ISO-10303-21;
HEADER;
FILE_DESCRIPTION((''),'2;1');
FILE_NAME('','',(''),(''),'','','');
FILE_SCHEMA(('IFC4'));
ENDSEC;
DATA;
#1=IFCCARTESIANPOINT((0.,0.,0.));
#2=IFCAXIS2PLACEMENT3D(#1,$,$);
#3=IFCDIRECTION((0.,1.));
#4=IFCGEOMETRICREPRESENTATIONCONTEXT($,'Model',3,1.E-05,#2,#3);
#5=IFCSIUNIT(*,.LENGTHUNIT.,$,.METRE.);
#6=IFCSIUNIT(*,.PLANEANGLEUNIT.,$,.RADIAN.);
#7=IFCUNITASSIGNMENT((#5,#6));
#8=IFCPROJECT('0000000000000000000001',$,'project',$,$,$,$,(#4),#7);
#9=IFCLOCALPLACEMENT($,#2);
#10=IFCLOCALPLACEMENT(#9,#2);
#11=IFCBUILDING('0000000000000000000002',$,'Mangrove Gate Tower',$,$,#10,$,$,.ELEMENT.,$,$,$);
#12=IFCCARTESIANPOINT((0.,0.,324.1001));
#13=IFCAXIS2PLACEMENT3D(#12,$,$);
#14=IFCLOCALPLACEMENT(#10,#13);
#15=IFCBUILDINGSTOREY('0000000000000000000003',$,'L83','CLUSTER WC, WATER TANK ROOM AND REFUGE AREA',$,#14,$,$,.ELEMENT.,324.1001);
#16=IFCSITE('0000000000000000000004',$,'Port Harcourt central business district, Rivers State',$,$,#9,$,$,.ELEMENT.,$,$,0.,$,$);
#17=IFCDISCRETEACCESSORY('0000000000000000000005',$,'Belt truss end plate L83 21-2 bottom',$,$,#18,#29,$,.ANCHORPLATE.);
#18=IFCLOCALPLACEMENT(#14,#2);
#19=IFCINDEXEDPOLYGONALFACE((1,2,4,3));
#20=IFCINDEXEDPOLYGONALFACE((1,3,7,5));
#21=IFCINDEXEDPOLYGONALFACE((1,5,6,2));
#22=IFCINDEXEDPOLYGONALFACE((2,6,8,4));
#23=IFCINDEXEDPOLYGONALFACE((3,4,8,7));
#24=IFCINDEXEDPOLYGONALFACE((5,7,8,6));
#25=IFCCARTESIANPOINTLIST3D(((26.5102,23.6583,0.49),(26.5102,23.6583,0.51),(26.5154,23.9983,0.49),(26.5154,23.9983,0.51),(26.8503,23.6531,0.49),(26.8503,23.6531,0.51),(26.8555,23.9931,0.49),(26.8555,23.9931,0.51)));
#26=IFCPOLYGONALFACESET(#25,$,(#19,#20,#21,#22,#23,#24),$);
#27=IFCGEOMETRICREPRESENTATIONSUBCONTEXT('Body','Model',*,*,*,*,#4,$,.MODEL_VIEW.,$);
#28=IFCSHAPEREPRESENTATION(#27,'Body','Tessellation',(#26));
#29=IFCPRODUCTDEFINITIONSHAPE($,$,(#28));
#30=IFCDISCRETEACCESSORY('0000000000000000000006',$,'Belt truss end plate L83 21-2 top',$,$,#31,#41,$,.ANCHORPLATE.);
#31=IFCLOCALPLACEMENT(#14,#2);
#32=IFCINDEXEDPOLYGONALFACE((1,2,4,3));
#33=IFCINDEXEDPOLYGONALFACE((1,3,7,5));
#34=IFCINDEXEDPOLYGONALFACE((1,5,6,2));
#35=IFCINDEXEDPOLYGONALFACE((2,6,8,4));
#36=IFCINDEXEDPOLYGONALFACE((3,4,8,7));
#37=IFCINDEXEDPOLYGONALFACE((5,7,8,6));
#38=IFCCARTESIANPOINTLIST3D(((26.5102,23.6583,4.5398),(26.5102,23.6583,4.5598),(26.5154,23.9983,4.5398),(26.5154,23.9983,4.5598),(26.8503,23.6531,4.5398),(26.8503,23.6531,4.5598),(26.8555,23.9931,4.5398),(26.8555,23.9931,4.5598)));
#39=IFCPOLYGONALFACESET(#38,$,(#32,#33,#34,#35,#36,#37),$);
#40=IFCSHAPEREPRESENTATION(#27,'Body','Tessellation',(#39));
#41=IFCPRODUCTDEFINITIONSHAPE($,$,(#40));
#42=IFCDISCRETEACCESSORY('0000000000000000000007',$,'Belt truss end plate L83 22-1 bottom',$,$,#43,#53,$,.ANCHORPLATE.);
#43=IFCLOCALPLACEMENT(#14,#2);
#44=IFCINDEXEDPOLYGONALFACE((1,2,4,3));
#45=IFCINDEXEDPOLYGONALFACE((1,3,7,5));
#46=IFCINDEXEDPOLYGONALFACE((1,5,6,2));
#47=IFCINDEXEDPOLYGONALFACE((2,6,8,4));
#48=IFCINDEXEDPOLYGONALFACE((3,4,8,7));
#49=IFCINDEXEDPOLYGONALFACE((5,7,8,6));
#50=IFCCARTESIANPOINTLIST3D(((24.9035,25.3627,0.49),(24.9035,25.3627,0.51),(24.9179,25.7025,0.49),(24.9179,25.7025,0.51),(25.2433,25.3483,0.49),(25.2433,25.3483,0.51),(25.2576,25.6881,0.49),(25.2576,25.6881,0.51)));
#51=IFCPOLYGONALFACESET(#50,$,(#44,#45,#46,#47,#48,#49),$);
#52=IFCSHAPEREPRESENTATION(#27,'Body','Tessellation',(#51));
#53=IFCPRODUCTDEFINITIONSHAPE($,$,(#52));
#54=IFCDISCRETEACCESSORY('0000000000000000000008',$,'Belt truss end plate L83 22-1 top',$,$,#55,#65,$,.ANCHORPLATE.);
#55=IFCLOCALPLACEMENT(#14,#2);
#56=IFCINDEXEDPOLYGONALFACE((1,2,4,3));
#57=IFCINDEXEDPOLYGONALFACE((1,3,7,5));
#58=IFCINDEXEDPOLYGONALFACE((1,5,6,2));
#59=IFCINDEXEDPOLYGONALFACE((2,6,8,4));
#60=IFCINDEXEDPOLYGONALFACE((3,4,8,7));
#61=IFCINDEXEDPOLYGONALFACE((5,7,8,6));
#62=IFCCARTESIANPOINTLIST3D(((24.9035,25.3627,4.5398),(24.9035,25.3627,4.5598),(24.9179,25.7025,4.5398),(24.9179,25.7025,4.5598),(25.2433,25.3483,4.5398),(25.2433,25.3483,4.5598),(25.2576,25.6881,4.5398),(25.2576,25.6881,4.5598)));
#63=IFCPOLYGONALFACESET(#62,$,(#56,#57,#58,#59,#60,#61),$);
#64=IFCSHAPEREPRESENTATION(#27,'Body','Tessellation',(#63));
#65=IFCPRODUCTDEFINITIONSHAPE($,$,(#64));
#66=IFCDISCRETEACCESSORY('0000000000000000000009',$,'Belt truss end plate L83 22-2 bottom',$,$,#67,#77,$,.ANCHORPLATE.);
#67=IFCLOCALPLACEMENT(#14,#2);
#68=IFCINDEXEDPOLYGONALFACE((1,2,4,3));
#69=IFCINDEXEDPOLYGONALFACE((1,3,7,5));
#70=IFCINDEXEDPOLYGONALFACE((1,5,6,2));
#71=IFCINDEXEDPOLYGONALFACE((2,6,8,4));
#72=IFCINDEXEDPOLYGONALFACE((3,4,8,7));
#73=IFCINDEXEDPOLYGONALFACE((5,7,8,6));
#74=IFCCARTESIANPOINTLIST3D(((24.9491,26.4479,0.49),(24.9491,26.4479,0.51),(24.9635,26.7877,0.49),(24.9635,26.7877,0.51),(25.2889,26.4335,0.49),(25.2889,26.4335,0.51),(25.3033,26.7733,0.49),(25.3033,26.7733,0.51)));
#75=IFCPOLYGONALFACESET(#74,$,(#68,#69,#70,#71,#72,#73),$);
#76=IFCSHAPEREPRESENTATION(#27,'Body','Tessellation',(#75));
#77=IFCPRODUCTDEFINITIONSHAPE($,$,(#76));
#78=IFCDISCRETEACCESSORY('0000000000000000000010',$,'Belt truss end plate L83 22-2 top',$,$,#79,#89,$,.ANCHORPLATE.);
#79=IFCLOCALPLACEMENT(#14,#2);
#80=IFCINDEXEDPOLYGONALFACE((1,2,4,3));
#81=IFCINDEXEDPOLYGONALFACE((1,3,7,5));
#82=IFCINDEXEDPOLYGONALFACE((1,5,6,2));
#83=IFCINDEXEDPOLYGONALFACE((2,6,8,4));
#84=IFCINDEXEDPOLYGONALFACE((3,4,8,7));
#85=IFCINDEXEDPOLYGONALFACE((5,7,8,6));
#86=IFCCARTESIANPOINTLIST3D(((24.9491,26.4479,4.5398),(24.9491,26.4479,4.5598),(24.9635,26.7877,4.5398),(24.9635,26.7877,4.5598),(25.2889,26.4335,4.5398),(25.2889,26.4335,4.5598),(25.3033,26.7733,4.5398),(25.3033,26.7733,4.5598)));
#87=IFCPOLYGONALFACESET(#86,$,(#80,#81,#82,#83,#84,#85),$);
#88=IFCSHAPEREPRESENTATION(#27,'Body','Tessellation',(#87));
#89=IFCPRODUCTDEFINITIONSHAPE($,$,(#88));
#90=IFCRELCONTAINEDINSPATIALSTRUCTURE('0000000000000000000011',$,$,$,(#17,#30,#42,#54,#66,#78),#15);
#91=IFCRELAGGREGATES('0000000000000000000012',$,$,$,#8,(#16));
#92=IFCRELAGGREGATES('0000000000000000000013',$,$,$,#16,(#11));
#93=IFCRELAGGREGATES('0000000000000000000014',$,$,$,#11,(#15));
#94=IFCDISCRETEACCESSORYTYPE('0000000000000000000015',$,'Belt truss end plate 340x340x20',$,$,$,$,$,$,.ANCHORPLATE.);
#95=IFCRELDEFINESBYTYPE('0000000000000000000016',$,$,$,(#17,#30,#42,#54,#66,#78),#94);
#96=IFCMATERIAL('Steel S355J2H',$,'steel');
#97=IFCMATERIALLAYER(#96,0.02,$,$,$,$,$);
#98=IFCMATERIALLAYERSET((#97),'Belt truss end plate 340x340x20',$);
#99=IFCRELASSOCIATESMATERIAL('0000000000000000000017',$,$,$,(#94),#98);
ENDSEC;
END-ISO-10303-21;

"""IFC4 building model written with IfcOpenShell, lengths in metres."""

from ifc_helpers import new_model, si_unit, direction, frame, origin, origin_2d, place, context, subcontext, project, spatial, rectangle, extrude, material, layer, layer_set, type_object, element, save


model = new_model("IFC4")

# Units and contexts
model_context = context("Model", 3, precision=1e-05, world=origin(), true_north=direction((0.0, 1.0)))
body_context = subcontext(model_context, "Body", "Model", "MODEL_VIEW")
ifc_project = project(units=[si_unit("LENGTHUNIT", "METRE"), si_unit("PLANEANGLEUNIT", "RADIAN")], contexts=[model_context])

# Site, building, storey
site_placement = place(None, origin())
site = spatial("IfcSite", under=ifc_project, at=site_placement, Name="Port Harcourt central business district, Rivers State", CompositionType="ELEMENT", RefElevation=0.0)
building_placement = place(site_placement, origin())
building = spatial("IfcBuilding", under=site, at=building_placement, Name="Mangrove Gate Tower", CompositionType="ELEMENT")
storey_placement = place(building_placement, frame((0.0, 0.0, 324.1001)))
storey = spatial("IfcBuildingStorey", under=building, at=storey_placement, Name="L83", Description="CLUSTER WC, WATER TANK ROOM AND REFUGE AREA", CompositionType="ELEMENT", Elevation=324.1001)

# Discrete accessories
ifc_material_1 = material(Name="Steel S355J2H", Category="steel")
ifc_layer_1 = layer(ifc_material_1, 0.02)
ifc_layer_set_1 = layer_set([ifc_layer_1], Name="Belt truss end plate 340x340x20")
discrete_accessory_type = type_object("IfcDiscreteAccessoryType", Name="Belt truss end plate 340x340x20", PredefinedType="ANCHORPLATE", material=ifc_layer_set_1)
for number, where, z_axis, x_axis, name in (
    (1, (26.6829, 23.8257, 0.49), (0.0, 0.0, 1.0), (-0.999882, 0.015336, 0.0), "Belt truss end plate L83 21-2 bottom"),
    (2, (26.6829, 23.8257, 4.5398), (0.0, 0.0, 1.0), (-0.999882, 0.015336, 0.0), "Belt truss end plate L83 21-2 top"),
    (3, (25.0806, 25.5254, 0.49), (0.0, 0.0, 1.0), (0.04222, 0.999108, 0.0), "Belt truss end plate L83 22-1 bottom"),
    (4, (25.0806, 25.5254, 4.5398), (0.0, 0.0, 1.0), (0.04222, 0.999108, 0.0), "Belt truss end plate L83 22-1 top"),
    (5, (25.1262, 26.6106, 0.49), (0.0, 0.0, 1.0), (0.04222, 0.999108, 0.0), "Belt truss end plate L83 22-2 bottom"),
    (6, (25.1262, 26.6106, 4.5398), (0.0, 0.0, 1.0), (0.04222, 0.999108, 0.0), "Belt truss end plate L83 22-2 top"),
):
    element("IfcDiscreteAccessory", number, at=place(storey_placement, frame(where, z_axis=z_axis, x_axis=x_axis)), inside=storey, type_object=discrete_accessory_type, Name=name, PredefinedType="ANCHORPLATE", context=body_context, shape_type="SweptSolid", body=[
        extrude(rectangle(XDim=0.3401, YDim=0.3401, at=origin_2d()), origin(), (0.0, 0.0, 1.0), 0.02),
    ])

save(model, "model.ifc")
